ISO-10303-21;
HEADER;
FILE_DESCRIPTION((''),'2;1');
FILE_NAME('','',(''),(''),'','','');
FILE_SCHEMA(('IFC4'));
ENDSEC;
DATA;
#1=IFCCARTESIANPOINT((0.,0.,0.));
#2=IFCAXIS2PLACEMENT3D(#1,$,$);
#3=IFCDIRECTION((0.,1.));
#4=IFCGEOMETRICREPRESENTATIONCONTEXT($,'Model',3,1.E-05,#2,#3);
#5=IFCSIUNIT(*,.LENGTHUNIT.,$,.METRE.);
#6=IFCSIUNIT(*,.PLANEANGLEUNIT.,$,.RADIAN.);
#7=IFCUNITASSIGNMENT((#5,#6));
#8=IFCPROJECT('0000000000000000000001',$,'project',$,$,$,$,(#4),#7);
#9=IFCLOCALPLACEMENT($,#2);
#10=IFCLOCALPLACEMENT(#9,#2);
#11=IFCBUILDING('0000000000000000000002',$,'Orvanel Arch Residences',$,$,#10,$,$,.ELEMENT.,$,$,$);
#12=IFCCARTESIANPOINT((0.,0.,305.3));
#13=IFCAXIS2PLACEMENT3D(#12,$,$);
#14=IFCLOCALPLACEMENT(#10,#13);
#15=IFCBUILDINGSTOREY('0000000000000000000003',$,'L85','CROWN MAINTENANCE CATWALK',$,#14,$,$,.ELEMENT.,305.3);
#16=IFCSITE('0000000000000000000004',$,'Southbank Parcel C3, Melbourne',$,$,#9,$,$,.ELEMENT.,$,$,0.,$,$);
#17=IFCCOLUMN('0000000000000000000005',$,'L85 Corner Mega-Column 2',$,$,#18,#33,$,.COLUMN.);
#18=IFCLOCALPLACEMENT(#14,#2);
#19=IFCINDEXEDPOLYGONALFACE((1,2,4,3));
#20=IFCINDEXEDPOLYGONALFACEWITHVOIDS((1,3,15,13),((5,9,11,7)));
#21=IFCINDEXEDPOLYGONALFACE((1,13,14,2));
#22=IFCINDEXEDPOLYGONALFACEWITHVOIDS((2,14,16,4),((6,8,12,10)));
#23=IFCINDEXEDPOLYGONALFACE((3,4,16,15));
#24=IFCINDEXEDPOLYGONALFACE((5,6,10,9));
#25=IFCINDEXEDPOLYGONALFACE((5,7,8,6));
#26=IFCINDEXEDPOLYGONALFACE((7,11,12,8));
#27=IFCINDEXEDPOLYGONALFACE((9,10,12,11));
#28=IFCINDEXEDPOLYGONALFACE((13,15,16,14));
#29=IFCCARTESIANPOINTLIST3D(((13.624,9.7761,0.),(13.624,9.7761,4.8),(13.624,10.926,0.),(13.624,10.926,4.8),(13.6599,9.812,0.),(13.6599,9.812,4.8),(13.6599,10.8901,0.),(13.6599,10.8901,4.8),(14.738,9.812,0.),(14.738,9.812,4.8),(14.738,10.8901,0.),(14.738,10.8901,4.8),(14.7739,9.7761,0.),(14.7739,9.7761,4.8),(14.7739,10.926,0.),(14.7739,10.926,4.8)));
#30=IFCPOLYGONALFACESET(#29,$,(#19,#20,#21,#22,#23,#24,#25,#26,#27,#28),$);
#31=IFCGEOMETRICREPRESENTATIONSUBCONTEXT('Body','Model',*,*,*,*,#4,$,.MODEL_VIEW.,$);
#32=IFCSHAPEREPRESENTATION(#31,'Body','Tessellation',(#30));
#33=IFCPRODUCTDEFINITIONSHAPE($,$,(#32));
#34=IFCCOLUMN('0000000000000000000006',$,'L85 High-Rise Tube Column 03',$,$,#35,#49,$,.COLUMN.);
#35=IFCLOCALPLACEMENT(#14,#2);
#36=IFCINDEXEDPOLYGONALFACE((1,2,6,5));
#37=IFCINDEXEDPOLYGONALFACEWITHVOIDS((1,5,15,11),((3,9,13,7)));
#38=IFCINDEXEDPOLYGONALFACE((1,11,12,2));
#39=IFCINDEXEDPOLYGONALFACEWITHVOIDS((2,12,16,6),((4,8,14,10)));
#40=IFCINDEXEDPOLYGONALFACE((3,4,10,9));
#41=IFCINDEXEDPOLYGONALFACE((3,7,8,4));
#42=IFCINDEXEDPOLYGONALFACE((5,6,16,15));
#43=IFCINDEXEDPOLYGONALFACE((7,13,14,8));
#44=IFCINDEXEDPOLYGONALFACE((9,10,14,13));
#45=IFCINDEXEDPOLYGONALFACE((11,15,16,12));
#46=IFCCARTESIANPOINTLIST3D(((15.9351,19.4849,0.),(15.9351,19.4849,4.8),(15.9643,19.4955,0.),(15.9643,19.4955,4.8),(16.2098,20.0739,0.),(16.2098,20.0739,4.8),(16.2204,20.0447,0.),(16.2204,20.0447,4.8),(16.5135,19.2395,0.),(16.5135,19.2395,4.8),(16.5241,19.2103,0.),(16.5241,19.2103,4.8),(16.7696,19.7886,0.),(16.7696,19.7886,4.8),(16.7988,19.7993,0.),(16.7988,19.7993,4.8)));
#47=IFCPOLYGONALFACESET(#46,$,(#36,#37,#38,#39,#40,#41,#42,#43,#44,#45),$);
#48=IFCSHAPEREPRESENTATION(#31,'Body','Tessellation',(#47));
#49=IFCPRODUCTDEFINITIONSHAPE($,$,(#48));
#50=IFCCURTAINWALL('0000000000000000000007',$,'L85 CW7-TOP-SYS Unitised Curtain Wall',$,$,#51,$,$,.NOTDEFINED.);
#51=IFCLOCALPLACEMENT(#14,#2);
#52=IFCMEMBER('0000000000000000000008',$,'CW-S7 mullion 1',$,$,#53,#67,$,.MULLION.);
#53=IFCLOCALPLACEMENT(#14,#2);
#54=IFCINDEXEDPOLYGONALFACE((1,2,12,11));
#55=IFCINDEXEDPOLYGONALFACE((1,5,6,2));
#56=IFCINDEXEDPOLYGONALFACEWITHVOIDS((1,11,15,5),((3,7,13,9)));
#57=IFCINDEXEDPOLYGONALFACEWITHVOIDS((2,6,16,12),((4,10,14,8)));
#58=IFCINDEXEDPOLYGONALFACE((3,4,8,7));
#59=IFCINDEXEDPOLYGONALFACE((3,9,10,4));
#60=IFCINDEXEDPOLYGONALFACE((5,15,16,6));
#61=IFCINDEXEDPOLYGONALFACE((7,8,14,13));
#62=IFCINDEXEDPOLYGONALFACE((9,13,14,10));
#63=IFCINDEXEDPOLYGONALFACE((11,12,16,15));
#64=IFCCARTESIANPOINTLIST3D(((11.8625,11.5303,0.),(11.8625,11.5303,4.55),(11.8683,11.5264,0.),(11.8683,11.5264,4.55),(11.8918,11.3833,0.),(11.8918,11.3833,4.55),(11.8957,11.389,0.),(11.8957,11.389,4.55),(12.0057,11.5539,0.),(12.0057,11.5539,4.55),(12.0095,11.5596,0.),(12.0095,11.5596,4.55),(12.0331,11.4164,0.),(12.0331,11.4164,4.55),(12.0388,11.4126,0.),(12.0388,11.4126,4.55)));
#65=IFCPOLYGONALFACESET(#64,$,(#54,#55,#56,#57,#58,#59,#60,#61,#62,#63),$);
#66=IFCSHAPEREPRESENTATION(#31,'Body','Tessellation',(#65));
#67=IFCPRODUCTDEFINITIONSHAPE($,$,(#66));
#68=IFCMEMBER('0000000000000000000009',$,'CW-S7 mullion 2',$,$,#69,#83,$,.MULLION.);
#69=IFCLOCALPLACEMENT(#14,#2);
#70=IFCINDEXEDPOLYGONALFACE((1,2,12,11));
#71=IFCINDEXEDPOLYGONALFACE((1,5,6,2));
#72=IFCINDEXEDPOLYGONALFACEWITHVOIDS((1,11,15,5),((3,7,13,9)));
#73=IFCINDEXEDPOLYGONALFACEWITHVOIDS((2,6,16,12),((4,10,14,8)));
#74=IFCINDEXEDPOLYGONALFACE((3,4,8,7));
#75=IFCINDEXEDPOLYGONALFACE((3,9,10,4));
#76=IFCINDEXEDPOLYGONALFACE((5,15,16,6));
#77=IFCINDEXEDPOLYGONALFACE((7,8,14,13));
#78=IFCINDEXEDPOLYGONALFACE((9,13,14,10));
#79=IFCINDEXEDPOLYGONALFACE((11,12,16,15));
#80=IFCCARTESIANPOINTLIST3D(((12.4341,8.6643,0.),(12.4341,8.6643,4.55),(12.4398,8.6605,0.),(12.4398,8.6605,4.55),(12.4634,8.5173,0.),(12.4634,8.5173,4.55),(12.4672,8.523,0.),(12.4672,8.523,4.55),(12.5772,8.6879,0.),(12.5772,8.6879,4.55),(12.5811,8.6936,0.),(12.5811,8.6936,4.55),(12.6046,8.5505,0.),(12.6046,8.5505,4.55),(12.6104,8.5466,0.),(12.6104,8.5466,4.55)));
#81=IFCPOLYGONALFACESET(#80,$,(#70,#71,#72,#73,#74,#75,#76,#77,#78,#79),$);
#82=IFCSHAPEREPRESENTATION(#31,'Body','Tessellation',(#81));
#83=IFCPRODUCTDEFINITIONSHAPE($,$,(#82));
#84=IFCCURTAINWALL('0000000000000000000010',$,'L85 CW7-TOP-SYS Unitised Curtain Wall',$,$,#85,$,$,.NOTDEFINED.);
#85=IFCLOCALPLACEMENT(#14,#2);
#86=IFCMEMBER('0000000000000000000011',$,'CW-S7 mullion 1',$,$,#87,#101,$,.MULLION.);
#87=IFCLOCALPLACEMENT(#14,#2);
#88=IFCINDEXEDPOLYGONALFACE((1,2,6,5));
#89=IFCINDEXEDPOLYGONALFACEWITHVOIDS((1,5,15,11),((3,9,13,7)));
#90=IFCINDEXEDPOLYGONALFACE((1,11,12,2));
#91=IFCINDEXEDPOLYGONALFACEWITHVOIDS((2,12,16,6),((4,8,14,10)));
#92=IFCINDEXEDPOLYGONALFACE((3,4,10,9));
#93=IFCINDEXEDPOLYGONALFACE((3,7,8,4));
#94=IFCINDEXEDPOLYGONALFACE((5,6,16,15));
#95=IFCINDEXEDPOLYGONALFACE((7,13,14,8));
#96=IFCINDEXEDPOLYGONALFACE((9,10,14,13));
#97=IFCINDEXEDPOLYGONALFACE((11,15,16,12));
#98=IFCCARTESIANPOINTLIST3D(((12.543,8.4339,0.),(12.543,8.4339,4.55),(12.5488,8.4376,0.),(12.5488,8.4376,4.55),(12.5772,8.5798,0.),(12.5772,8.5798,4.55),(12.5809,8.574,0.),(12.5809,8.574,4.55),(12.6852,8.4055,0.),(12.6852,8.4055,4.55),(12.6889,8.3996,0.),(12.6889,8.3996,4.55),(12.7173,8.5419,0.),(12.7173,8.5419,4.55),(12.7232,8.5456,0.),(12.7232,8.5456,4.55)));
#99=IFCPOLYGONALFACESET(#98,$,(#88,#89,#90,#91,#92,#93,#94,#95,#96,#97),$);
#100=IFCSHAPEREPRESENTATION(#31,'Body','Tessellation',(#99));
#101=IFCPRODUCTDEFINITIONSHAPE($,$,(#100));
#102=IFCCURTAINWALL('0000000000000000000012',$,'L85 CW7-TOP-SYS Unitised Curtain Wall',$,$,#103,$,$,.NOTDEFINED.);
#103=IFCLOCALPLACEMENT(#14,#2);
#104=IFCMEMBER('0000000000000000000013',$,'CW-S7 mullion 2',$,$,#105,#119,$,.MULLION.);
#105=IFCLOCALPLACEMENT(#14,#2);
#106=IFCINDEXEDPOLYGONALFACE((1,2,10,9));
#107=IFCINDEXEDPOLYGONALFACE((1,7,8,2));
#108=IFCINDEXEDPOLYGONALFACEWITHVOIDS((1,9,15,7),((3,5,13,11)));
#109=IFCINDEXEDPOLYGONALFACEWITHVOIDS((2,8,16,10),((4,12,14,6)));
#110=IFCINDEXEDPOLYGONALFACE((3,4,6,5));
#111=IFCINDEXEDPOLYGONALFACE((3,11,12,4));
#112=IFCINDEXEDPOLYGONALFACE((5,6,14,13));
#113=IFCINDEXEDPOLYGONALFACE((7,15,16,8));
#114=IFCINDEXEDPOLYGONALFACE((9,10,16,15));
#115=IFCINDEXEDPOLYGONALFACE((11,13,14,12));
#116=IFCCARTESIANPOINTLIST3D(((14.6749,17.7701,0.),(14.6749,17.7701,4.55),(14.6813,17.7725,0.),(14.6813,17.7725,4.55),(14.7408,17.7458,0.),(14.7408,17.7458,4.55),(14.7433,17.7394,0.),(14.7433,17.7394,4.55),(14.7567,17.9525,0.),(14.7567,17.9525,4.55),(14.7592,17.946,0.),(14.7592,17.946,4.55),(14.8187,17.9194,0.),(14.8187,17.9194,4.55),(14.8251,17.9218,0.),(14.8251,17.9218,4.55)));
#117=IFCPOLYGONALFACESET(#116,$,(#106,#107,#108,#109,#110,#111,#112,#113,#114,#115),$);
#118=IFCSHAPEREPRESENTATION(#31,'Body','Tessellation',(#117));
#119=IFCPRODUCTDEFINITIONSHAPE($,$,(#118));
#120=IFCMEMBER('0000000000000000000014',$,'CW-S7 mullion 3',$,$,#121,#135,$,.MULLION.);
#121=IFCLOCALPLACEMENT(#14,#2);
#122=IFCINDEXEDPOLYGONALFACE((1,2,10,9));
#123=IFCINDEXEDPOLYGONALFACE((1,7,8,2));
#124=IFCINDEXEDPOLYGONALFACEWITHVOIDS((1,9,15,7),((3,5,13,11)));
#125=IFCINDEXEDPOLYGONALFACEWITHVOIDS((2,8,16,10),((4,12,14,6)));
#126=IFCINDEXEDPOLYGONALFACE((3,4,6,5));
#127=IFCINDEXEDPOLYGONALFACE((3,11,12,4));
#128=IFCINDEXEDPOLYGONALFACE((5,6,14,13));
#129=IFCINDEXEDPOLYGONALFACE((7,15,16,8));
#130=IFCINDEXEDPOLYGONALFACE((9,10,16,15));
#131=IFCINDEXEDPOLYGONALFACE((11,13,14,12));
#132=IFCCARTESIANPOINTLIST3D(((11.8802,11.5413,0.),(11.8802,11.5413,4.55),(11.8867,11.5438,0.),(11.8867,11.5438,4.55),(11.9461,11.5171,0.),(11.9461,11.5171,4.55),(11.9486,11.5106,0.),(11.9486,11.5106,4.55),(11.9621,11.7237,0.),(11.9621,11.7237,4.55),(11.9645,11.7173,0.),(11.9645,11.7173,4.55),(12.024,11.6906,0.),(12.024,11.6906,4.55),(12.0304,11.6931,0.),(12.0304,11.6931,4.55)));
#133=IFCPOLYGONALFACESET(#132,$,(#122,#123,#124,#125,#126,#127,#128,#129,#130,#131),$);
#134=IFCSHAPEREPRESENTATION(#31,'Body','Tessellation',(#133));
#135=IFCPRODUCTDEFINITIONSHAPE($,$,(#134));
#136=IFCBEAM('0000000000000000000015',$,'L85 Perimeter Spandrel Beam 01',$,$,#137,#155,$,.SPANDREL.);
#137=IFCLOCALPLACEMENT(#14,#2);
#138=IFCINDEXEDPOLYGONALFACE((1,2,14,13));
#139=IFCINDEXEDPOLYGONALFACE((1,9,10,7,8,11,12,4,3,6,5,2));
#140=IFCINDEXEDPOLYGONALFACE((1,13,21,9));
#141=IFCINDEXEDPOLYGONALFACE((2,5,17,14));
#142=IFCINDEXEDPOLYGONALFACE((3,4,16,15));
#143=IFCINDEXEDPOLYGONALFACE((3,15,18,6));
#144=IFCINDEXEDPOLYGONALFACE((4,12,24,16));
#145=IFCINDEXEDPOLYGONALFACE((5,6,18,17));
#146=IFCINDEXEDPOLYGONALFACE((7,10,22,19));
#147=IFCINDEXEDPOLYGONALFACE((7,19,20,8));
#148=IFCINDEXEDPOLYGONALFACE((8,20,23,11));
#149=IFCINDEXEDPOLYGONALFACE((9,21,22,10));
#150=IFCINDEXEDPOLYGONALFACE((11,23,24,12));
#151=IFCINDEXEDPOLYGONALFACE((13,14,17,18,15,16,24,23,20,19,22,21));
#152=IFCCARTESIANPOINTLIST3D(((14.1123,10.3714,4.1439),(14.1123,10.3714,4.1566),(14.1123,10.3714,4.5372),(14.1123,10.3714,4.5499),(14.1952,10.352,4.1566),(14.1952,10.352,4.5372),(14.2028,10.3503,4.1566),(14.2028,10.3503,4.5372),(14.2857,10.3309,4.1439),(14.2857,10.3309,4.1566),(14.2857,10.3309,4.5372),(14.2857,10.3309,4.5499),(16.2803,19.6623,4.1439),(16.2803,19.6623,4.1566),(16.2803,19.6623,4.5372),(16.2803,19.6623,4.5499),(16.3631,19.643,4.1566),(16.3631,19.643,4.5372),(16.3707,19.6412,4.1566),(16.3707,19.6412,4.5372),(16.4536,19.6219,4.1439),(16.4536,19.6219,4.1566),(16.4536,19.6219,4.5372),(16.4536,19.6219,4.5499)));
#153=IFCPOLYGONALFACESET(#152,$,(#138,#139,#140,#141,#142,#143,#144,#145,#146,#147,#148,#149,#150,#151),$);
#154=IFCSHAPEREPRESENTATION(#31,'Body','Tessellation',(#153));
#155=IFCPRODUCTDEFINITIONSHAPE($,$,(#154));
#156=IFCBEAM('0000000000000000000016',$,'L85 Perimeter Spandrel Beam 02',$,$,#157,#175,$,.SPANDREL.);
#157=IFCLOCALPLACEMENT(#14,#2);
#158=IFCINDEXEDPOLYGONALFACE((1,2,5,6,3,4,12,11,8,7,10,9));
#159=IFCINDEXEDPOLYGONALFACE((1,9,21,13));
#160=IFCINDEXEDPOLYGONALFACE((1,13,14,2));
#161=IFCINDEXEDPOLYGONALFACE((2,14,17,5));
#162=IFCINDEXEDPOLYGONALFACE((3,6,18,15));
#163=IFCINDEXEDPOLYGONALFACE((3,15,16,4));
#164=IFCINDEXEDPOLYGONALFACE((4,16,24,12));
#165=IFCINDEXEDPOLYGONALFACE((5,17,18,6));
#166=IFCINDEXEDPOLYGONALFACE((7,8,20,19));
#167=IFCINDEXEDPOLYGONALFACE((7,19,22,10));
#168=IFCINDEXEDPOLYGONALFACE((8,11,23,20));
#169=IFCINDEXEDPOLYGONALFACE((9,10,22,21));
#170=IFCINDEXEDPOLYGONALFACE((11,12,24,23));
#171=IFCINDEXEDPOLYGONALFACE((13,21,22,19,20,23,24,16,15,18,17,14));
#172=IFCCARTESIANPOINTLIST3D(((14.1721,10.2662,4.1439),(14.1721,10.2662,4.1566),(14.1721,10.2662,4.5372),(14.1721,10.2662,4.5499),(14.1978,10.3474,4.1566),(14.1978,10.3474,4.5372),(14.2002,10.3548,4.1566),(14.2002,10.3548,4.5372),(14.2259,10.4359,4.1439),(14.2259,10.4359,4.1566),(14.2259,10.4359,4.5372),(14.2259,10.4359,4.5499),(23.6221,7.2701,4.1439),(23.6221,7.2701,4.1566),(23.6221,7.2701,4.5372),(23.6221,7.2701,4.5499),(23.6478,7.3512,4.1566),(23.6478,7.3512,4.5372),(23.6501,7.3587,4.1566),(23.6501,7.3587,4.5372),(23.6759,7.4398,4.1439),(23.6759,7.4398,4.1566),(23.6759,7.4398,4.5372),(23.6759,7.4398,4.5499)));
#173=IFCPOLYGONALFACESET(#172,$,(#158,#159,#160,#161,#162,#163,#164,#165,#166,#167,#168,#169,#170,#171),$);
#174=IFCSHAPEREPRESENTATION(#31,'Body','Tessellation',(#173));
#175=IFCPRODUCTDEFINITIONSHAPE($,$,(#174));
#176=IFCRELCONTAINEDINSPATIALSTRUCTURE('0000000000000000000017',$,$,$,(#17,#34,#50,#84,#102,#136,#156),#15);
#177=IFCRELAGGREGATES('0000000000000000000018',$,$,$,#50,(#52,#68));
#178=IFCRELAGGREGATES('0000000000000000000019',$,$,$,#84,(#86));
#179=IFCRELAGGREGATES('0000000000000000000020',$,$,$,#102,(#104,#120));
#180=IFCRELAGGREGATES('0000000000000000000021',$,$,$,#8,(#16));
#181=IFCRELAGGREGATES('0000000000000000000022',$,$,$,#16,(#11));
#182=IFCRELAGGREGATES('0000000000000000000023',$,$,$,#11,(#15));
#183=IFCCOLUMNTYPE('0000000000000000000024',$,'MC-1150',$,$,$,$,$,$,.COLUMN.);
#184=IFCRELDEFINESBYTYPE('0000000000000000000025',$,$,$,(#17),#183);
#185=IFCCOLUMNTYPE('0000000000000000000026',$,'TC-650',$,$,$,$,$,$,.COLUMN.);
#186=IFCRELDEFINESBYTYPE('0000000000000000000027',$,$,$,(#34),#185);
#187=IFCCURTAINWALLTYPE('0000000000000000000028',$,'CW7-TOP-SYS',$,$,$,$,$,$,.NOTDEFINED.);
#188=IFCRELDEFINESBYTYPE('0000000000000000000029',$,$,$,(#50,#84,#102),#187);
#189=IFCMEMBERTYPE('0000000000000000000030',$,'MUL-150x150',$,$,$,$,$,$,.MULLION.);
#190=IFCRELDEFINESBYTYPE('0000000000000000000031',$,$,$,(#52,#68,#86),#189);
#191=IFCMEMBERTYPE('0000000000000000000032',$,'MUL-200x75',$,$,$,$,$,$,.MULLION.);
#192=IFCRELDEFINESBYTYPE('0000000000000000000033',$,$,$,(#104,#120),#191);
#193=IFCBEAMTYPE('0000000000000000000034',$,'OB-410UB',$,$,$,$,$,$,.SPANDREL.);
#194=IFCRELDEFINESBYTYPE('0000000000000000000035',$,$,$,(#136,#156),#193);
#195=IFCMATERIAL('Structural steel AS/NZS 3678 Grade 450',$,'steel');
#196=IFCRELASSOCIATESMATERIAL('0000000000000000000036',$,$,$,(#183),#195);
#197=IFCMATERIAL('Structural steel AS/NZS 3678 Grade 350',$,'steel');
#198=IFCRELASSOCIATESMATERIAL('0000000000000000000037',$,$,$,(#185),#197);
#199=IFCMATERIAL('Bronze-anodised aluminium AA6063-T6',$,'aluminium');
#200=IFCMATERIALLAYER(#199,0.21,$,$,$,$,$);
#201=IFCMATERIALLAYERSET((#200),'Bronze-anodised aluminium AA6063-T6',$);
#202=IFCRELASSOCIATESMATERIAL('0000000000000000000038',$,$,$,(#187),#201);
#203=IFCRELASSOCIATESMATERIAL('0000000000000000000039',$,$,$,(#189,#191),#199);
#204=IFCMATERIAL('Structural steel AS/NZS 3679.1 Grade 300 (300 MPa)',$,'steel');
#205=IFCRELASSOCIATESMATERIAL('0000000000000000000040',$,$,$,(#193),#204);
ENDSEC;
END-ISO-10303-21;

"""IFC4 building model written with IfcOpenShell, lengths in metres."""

from ifc_helpers import new_model, si_unit, direction, frame, origin, origin_2d, place, context, subcontext, project, spatial, hollow_rectangle, i_section, extrude, material, layer, layer_set, material_profile, profile_set, type_object, element, aggregate, save


model = new_model("IFC4")

# Units and contexts
model_context = context("Model", 3, precision=1e-05, world=origin(), true_north=direction((0.0, 1.0)))
body_context = subcontext(model_context, "Body", "Model", "MODEL_VIEW")
ifc_project = project(units=[si_unit("LENGTHUNIT", "METRE"), si_unit("PLANEANGLEUNIT", "RADIAN")], contexts=[model_context])

# Site, building, storey
site_placement = place(None, origin())
site = spatial("IfcSite", under=ifc_project, at=site_placement, Name="Southbank Parcel C3, Melbourne", CompositionType="ELEMENT", RefElevation=0.0)
building_placement = place(site_placement, origin())
building = spatial("IfcBuilding", under=site, at=building_placement, Name="Orvanel Arch Residences", CompositionType="ELEMENT")
storey_placement = place(building_placement, frame((0.0, 0.0, 305.3)))
storey = spatial("IfcBuildingStorey", under=building, at=storey_placement, Name="L85", Description="CROWN MAINTENANCE CATWALK", CompositionType="ELEMENT", Elevation=305.3)

# Columns
ifc_material_1 = material(Name="Structural steel AS/NZS 3678 Grade 450", Category="steel")
ifc_material_profile_1 = material_profile(ifc_material_1, hollow_rectangle(XDim=1.1499, YDim=1.1499, WallThickness=0.0359, at=origin_2d()), Name="BOX1150x1150x36")
ifc_profile_set_1 = profile_set([ifc_material_profile_1], Name="Structural steel AS/NZS 3678 Grade 450")
column_type_1 = type_object("IfcColumnType", Name="MC-1150", PredefinedType="COLUMN", material=ifc_profile_set_1)
column_1_placement = place(storey_placement, frame((14.199, 10.3511, 0.0), z_axis=(0.0, 0.0, 1.0), x_axis=(1.0, 0.0, 0.0)))
element("IfcColumn", 1, at=column_1_placement, inside=storey, type_object=column_type_1, Name="L85 Corner Mega-Column 2", PredefinedType="COLUMN", context=body_context, shape_type="SweptSolid", body=[
    extrude(hollow_rectangle(XDim=1.1499, YDim=1.1499, WallThickness=0.0359, at=origin_2d()), origin(), (0.0, 0.0, 1.0), 4.8),
])
ifc_material_2 = material(Name="Structural steel AS/NZS 3678 Grade 350", Category="steel")
ifc_material_profile_2 = material_profile(ifc_material_2, hollow_rectangle(XDim=0.6499, YDim=0.6499, WallThickness=0.022, at=origin_2d()), Name="BOX650x650x22")
ifc_profile_set_2 = profile_set([ifc_material_profile_2], Name="Structural steel AS/NZS 3678 Grade 350")
column_type_2 = type_object("IfcColumnType", Name="TC-650", PredefinedType="COLUMN", material=ifc_profile_set_2)
column_2_placement = place(storey_placement, frame((16.3669, 19.6421, 0.0), z_axis=(0.0, 0.0, 1.0), x_axis=(0.422618, 0.906308, 0.0)))
element("IfcColumn", 2, at=column_2_placement, inside=storey, type_object=column_type_2, Name="L85 High-Rise Tube Column 03", PredefinedType="COLUMN", context=body_context, shape_type="SweptSolid", body=[
    extrude(hollow_rectangle(XDim=0.6499, YDim=0.6499, WallThickness=0.022, at=origin_2d()), origin(), (0.0, 0.0, 1.0), 4.8),
])

# Curtain wall, members
ifc_material_3 = material(Name="Bronze-anodised aluminium AA6063-T6", Category="aluminium")
ifc_layer_1 = layer(ifc_material_3, 0.21)
ifc_layer_set_1 = layer_set([ifc_layer_1], Name="Bronze-anodised aluminium AA6063-T6")
curtain_wall_type = type_object("IfcCurtainWallType", Name="CW7-TOP-SYS", PredefinedType="NOTDEFINED", material=ifc_layer_set_1)
curtain_wall_1_placement = place(storey_placement, origin())
curtain_wall_1 = element("IfcCurtainWall", 3, at=curtain_wall_1_placement, inside=storey, type_object=curtain_wall_type, Name="L85 CW7-TOP-SYS Unitised Curtain Wall", PredefinedType="NOTDEFINED")
ifc_material_profile_3 = material_profile(ifc_material_3, hollow_rectangle(XDim=0.1499, YDim=0.1499, WallThickness=0.0049, at=origin_2d()), Name="ALU150x150x5")
ifc_profile_set_3 = profile_set([ifc_material_profile_3], Name="Bronze-anodised aluminium AA6063-T6")
member_type_1 = type_object("IfcMemberType", Name="MUL-150x150", PredefinedType="MULLION", material=ifc_profile_set_3)
member_1_placement = place(storey_placement, frame((11.9507, 11.4714, 0.0), z_axis=(0.0, 0.0, 1.0), x_axis=(0.980681, 0.195615, 0.0)))
member_1 = element("IfcMember", 4, at=member_1_placement, type_object=member_type_1, Name="CW-S7 mullion 1", PredefinedType="MULLION", context=body_context, shape_type="SweptSolid", body=[
    extrude(hollow_rectangle(XDim=0.1499, YDim=0.1499, WallThickness=0.0049, at=origin_2d()), origin(), (0.0, 0.0, 1.0), 4.55),
])
member_2_placement = place(storey_placement, frame((12.5222, 8.6055, 0.0), z_axis=(0.0, 0.0, 1.0), x_axis=(0.980681, 0.195615, 0.0)))
member_2 = element("IfcMember", 5, at=member_2_placement, type_object=member_type_1, Name="CW-S7 mullion 2", PredefinedType="MULLION", context=body_context, shape_type="SweptSolid", body=[
    extrude(hollow_rectangle(XDim=0.1499, YDim=0.1499, WallThickness=0.0049, at=origin_2d()), origin(), (0.0, 0.0, 1.0), 4.55),
])

# Curtain wall, member
curtain_wall_2_placement = place(storey_placement, origin())
curtain_wall_2 = element("IfcCurtainWall", 6, at=curtain_wall_2_placement, inside=storey, type_object=curtain_wall_type, Name="L85 CW7-TOP-SYS Unitised Curtain Wall", PredefinedType="NOTDEFINED")
member_3_placement = place(storey_placement, frame((12.6331, 8.4897, 0.0), z_axis=(0.0, 0.0, 1.0), x_axis=(0.228641, 0.973511, 0.0)))
member_3 = element("IfcMember", 7, at=member_3_placement, type_object=member_type_1, Name="CW-S7 mullion 1", PredefinedType="MULLION", context=body_context, shape_type="SweptSolid", body=[
    extrude(hollow_rectangle(XDim=0.1499, YDim=0.1499, WallThickness=0.0049, at=origin_2d()), origin(), (0.0, 0.0, 1.0), 4.55),
])

# Curtain wall, members
curtain_wall_3_placement = place(storey_placement, origin())
curtain_wall_3 = element("IfcCurtainWall", 8, at=curtain_wall_3_placement, inside=storey, type_object=curtain_wall_type, Name="L85 CW7-TOP-SYS Unitised Curtain Wall", PredefinedType="NOTDEFINED")
ifc_material_profile_4 = material_profile(ifc_material_3, hollow_rectangle(XDim=0.075, YDim=0.2, WallThickness=0.0049, at=origin_2d()), Name="ALU200x75x5")
ifc_profile_set_4 = profile_set([ifc_material_profile_4], Name="Bronze-anodised aluminium AA6063-T6")
member_type_2 = type_object("IfcMemberType", Name="MUL-200x75", PredefinedType="MULLION", material=ifc_profile_set_4)
member_4_placement = place(storey_placement, frame((14.75, 17.8459, 0.0), z_axis=(0.0, 0.0, 1.0), x_axis=(0.912376, -0.409353, 0.0)))
member_4 = element("IfcMember", 9, at=member_4_placement, type_object=member_type_2, Name="CW-S7 mullion 2", PredefinedType="MULLION", context=body_context, shape_type="SweptSolid", body=[
    extrude(hollow_rectangle(XDim=0.075, YDim=0.2, WallThickness=0.0049, at=origin_2d()), origin(), (0.0, 0.0, 1.0), 4.55),
])
member_5_placement = place(storey_placement, frame((11.9553, 11.6172, 0.0), z_axis=(0.0, 0.0, 1.0), x_axis=(0.912376, -0.409353, 0.0)))
member_5 = element("IfcMember", 10, at=member_5_placement, type_object=member_type_2, Name="CW-S7 mullion 3", PredefinedType="MULLION", context=body_context, shape_type="SweptSolid", body=[
    extrude(hollow_rectangle(XDim=0.075, YDim=0.2, WallThickness=0.0049, at=origin_2d()), origin(), (0.0, 0.0, 1.0), 4.55),
])

# Beams
ifc_material_4 = material(Name="Structural steel AS/NZS 3679.1 Grade 300 (300 MPa)", Category="steel")
ifc_material_profile_5 = material_profile(ifc_material_4, i_section(OverallWidth=0.178, OverallDepth=0.406, WebThickness=0.0078, FlangeThickness=0.0127, at=origin_2d()), Name="410UB59.7")
ifc_profile_set_5 = profile_set([ifc_material_profile_5], Name="Structural steel AS/NZS 3679.1 Grade 300 (300 MPa)")
beam_type_1 = type_object("IfcBeamType", Name="OB-410UB", PredefinedType="SPANDREL", material=ifc_profile_set_5)
beam_1_placement = place(storey_placement, frame((16.3669, 19.6421, 4.3469), z_axis=(-0.227236, -0.97384, 0.0), x_axis=(0.97384, -0.227236, 0.0)))
element("IfcBeam", 11, at=beam_1_placement, inside=storey, type_object=beam_type_1, Name="L85 Perimeter Spandrel Beam 01", PredefinedType="SPANDREL", context=body_context, shape_type="SweptSolid", body=[
    extrude(i_section(OverallWidth=0.178, OverallDepth=0.406, WebThickness=0.0078, FlangeThickness=0.0127, at=origin_2d()), origin(), (0.0, 0.0, 1.0), 9.5405),
])
beam_2_placement = place(storey_placement, frame((14.199, 10.3511, 4.3469), z_axis=(0.953237, -0.302223, 0.0), x_axis=(0.302223, 0.953237, 0.0)))
element("IfcBeam", 12, at=beam_2_placement, inside=storey, type_object=beam_type_1, Name="L85 Perimeter Spandrel Beam 02", PredefinedType="SPANDREL", context=body_context, shape_type="SweptSolid", body=[
    extrude(i_section(OverallWidth=0.178, OverallDepth=0.406, WebThickness=0.0078, FlangeThickness=0.0127, at=origin_2d()), origin(), (0.0, 0.0, 1.0), 9.9136),
])

aggregate(curtain_wall_1, [member_1, member_2])
aggregate(curtain_wall_2, [member_3])
aggregate(curtain_wall_3, [member_4, member_5])

save(model, "model.ifc")
